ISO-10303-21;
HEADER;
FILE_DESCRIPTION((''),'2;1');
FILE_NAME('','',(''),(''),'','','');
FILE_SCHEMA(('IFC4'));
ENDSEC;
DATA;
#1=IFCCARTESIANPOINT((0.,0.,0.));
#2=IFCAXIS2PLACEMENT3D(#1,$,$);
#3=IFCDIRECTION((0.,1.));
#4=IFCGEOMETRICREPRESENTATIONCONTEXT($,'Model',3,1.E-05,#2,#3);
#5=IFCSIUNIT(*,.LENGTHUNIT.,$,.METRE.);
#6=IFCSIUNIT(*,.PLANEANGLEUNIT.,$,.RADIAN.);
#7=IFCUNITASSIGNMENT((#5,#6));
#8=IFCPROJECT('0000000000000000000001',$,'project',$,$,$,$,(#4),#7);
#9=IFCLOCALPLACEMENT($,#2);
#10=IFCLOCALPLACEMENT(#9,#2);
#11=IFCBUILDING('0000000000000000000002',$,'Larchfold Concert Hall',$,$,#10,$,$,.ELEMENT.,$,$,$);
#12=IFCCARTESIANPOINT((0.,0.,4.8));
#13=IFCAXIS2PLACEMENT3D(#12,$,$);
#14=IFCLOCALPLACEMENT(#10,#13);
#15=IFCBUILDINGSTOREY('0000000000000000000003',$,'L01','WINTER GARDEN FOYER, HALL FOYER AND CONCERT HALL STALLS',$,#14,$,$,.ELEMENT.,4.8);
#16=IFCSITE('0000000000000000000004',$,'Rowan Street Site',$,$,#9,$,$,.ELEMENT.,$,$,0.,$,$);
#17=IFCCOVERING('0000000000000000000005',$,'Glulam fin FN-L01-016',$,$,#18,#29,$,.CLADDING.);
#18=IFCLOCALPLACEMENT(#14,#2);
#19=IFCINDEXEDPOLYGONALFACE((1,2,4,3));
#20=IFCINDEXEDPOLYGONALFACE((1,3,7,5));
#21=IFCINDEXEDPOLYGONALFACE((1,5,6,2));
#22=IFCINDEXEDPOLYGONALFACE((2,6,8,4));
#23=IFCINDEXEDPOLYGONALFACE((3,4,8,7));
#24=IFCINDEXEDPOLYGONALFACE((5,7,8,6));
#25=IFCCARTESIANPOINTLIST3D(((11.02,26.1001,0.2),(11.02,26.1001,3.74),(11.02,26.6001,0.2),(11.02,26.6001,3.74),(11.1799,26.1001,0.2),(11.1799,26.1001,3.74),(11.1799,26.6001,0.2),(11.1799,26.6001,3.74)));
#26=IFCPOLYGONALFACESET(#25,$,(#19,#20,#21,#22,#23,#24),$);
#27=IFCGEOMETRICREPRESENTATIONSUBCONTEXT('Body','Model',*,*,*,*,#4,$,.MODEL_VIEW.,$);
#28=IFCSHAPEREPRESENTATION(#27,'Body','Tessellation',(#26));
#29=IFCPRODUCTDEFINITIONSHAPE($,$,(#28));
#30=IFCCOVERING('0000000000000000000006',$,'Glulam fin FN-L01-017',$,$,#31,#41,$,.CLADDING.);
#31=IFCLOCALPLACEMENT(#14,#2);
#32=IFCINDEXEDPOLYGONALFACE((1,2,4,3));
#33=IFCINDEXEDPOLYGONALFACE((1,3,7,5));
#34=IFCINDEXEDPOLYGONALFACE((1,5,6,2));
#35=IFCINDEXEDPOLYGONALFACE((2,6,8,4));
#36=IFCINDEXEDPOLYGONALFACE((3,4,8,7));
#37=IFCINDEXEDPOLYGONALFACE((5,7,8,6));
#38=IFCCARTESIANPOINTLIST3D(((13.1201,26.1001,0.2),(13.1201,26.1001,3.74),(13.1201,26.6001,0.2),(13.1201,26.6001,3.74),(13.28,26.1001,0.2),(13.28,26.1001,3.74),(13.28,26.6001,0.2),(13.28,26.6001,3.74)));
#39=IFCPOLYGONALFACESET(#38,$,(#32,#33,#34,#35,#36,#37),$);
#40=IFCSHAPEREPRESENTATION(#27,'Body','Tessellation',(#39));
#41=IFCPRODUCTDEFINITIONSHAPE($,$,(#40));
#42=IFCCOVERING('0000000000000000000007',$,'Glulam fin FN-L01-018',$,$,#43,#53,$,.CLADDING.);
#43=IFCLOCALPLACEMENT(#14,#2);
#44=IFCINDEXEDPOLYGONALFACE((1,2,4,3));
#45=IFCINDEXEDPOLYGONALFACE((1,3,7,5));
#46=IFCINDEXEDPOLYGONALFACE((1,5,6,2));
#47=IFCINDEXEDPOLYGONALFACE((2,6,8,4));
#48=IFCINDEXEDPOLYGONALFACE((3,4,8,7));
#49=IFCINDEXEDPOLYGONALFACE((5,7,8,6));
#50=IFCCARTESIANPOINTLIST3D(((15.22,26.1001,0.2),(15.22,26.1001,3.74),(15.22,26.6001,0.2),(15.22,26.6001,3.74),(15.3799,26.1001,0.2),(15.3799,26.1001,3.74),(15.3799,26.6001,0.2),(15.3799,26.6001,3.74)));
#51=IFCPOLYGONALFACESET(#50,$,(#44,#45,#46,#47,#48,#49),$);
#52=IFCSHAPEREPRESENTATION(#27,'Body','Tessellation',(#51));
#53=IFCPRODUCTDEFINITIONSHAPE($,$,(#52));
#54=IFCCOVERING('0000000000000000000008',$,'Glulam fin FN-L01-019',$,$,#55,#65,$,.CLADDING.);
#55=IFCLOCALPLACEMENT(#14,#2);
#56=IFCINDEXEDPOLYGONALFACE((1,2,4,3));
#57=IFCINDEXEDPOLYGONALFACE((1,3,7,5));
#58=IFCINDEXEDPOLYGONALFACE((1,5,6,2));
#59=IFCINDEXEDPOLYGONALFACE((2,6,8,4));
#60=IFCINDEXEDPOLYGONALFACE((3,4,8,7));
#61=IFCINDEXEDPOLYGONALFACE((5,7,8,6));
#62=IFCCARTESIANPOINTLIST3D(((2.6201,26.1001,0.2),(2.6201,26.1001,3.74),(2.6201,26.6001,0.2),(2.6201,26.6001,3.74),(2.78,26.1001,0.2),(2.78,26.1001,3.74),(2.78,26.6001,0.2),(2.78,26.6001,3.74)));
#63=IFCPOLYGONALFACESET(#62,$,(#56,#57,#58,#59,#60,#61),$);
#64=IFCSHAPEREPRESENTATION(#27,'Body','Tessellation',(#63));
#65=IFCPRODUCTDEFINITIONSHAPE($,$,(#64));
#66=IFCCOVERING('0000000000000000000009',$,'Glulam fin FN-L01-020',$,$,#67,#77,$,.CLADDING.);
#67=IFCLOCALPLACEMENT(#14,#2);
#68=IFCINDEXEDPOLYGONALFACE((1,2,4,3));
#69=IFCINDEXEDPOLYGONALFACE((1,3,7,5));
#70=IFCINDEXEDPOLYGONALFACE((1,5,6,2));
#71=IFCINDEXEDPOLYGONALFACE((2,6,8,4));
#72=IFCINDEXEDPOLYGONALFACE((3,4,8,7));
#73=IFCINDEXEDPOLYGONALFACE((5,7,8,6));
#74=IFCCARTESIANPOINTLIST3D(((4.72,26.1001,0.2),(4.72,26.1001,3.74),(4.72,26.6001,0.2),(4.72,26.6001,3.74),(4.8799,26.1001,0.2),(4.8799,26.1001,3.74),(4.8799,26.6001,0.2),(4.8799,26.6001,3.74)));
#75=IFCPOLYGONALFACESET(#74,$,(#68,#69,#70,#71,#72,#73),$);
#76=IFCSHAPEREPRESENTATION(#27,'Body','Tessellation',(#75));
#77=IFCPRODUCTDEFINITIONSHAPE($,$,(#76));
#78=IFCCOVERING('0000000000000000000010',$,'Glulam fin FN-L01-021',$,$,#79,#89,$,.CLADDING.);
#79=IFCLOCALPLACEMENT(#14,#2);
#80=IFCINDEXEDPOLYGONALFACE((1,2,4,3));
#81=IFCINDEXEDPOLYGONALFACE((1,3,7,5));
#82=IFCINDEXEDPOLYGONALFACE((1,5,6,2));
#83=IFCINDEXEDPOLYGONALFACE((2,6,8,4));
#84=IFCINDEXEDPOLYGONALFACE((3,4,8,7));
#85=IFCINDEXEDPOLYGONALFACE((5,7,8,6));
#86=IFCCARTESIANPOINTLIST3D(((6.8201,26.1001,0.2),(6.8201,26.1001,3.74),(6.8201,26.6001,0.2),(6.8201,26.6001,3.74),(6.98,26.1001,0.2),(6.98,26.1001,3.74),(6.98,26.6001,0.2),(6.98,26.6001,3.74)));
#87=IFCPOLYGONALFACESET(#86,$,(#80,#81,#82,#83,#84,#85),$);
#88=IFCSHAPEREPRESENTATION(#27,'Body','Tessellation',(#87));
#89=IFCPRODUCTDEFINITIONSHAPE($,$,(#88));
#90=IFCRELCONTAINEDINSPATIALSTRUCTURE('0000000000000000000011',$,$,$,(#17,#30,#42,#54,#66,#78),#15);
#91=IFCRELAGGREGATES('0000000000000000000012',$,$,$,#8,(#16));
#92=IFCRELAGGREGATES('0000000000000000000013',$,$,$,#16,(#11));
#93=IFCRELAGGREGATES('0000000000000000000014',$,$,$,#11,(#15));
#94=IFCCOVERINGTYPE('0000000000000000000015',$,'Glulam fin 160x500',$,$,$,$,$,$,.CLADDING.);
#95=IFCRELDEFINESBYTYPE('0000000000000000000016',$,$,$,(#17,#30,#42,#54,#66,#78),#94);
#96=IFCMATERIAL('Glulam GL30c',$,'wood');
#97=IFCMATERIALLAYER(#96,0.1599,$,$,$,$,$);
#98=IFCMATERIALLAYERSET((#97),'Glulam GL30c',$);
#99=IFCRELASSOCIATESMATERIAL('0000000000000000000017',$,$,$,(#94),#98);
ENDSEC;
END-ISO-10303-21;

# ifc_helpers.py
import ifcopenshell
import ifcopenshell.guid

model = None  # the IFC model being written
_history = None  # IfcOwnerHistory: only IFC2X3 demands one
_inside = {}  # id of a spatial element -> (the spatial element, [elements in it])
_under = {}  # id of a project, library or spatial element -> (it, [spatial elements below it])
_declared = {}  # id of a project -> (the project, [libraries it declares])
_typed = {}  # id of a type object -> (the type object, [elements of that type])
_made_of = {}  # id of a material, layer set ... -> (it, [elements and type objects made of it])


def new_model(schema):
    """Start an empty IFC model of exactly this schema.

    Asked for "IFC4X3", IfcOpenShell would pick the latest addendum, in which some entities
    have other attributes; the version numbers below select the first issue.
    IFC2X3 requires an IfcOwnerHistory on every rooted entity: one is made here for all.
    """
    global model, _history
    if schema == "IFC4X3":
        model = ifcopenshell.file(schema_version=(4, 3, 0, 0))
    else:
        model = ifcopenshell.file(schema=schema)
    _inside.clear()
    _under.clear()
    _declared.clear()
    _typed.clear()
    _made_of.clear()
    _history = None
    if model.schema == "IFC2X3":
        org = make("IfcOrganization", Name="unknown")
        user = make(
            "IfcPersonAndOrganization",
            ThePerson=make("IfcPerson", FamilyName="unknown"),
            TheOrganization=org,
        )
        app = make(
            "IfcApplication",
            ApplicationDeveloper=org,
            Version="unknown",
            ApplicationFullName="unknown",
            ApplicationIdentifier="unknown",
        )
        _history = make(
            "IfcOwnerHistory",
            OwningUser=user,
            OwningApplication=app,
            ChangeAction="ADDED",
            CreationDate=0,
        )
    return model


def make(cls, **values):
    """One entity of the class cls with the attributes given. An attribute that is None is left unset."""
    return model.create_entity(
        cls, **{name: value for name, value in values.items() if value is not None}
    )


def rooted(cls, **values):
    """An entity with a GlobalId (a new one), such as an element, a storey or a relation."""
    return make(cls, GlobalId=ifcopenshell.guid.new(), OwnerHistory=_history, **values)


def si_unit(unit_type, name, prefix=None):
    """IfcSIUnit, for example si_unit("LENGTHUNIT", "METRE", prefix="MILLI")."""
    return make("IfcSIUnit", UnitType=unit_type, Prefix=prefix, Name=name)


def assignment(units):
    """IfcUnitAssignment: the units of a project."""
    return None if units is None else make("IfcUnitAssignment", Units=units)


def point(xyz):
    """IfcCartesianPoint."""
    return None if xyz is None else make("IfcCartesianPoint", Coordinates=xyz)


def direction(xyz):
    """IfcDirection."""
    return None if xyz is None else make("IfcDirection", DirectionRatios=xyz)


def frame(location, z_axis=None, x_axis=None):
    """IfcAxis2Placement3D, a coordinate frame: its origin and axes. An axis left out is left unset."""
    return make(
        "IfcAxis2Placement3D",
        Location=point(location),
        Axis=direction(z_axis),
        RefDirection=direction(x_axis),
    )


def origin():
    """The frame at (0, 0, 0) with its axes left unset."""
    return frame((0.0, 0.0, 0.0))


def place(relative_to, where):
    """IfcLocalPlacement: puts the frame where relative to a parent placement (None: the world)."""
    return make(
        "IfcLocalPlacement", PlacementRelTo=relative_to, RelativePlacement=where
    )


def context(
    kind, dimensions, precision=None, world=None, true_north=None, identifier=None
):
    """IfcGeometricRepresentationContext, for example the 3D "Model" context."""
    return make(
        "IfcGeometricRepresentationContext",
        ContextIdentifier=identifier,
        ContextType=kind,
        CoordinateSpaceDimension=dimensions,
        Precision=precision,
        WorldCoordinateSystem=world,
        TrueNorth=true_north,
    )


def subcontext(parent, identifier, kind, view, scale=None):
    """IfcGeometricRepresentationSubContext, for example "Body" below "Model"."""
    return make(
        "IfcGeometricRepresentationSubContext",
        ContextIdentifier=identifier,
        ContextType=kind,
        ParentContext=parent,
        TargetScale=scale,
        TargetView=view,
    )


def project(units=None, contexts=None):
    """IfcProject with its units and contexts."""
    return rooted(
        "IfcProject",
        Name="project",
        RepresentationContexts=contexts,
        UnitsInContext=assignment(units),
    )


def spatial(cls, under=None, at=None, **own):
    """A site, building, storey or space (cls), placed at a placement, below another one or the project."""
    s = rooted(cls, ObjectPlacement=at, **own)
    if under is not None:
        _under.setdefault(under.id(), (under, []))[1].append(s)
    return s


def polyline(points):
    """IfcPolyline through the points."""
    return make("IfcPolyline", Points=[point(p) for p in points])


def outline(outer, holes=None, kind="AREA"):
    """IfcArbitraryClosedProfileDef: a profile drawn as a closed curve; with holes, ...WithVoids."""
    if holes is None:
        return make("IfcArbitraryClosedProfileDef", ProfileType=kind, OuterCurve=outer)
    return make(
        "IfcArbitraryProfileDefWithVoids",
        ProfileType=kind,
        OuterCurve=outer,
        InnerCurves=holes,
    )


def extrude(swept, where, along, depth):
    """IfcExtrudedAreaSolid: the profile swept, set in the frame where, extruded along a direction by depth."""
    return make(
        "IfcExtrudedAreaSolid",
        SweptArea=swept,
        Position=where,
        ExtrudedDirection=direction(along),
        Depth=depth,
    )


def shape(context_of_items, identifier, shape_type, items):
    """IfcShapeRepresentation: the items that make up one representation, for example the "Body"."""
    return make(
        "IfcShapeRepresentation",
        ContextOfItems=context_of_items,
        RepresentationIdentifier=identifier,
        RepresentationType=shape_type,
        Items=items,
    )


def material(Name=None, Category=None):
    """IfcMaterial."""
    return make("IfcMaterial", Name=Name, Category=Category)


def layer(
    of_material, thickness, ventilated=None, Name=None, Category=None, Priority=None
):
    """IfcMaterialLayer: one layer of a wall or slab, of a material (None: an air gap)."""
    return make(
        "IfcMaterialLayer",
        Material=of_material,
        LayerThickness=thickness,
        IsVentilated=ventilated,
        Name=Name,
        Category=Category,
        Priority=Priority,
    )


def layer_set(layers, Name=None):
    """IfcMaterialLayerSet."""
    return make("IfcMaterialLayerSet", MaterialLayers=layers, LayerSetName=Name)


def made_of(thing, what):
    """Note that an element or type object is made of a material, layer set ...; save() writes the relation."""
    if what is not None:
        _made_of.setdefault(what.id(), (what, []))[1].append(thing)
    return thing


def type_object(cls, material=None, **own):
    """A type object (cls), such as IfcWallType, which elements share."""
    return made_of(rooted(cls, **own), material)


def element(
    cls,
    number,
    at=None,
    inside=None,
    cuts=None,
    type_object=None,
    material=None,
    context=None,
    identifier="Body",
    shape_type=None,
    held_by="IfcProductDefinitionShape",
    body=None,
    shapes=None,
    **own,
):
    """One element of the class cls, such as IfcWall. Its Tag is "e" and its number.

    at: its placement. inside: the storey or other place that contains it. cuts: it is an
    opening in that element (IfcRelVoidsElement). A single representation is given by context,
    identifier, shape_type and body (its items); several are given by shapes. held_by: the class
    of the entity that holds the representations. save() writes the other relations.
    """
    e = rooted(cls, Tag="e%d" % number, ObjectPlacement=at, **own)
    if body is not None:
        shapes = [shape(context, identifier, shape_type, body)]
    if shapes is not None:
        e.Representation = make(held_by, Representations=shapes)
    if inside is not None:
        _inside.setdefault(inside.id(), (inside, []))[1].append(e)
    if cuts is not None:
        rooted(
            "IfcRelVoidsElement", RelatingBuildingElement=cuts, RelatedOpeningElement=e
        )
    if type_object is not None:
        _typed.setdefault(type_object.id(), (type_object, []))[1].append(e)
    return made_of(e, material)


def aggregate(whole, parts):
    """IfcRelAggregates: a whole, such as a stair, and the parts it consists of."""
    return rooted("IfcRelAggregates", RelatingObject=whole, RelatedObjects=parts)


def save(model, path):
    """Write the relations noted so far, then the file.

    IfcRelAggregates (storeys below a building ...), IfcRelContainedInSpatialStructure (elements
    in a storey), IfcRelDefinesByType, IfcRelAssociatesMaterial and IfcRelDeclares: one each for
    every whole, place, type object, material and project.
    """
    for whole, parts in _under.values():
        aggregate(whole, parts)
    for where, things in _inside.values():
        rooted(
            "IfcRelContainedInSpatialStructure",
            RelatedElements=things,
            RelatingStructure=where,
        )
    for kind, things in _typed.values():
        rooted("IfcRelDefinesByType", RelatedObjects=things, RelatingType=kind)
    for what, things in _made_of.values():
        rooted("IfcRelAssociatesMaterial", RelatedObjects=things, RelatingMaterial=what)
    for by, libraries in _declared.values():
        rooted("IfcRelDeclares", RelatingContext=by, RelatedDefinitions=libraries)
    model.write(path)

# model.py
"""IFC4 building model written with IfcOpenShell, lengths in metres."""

from ifc_helpers import new_model, si_unit, direction, frame, origin, place, context, subcontext, project, spatial, polyline, outline, extrude, material, layer, layer_set, type_object, element, save


model = new_model("IFC4")

# Units and contexts
model_context = context("Model", 3, precision=1e-05, world=origin(), true_north=direction((0.0, 1.0)))
body_context = subcontext(model_context, "Body", "Model", "MODEL_VIEW")
ifc_project = project(units=[si_unit("LENGTHUNIT", "METRE"), si_unit("PLANEANGLEUNIT", "RADIAN")], contexts=[model_context])

# Site, building, storey
site_placement = place(None, origin())
site = spatial("IfcSite", under=ifc_project, at=site_placement, Name="Rowan Street Site", CompositionType="ELEMENT", RefElevation=0.0)
building_placement = place(site_placement, origin())
building = spatial("IfcBuilding", under=site, at=building_placement, Name="Larchfold Concert Hall", CompositionType="ELEMENT")
storey_placement = place(building_placement, frame((0.0, 0.0, 4.8)))
storey = spatial("IfcBuildingStorey", under=building, at=storey_placement, Name="L01", Description="WINTER GARDEN FOYER, HALL FOYER AND CONCERT HALL STALLS", CompositionType="ELEMENT", Elevation=4.8)

# Coverings
ifc_material_1 = material(Name="Glulam GL30c", Category="wood")
ifc_layer_1 = layer(ifc_material_1, 0.1599)
ifc_layer_set_1 = layer_set([ifc_layer_1], Name="Glulam GL30c")
covering_type_1 = type_object("IfcCoveringType", Name="Glulam fin 160x500", PredefinedType="CLADDING", material=ifc_layer_set_1)
covering_1_placement = place(storey_placement, frame((0.0, 0.0, 0.2)))
element("IfcCovering", 1, at=covering_1_placement, inside=storey, type_object=covering_type_1, Name="Glulam fin FN-L01-016", PredefinedType="CLADDING", context=body_context, shape_type="SweptSolid", body=[
    extrude(outline(polyline([(11.1799, 26.1001), (11.1799, 26.6001), (11.02, 26.6001), (11.02, 26.1001), (11.1799, 26.1001)])), origin(), (0.0, 0.0, 1.0), 3.54),
])
covering_2_placement = place(storey_placement, frame((0.0, 0.0, 0.2)))
element("IfcCovering", 2, at=covering_2_placement, inside=storey, type_object=covering_type_1, Name="Glulam fin FN-L01-017", PredefinedType="CLADDING", context=body_context, shape_type="SweptSolid", body=[
    extrude(outline(polyline([(13.28, 26.1001), (13.28, 26.6001), (13.1201, 26.6001), (13.1201, 26.1001), (13.28, 26.1001)])), origin(), (0.0, 0.0, 1.0), 3.54),
])
covering_3_placement = place(storey_placement, frame((0.0, 0.0, 0.2)))
element("IfcCovering", 3, at=covering_3_placement, inside=storey, type_object=covering_type_1, Name="Glulam fin FN-L01-018", PredefinedType="CLADDING", context=body_context, shape_type="SweptSolid", body=[
    extrude(outline(polyline([(15.3799, 26.1001), (15.3799, 26.6001), (15.22, 26.6001), (15.22, 26.1001), (15.3799, 26.1001)])), origin(), (0.0, 0.0, 1.0), 3.54),
])
covering_4_placement = place(storey_placement, frame((0.0, 0.0, 0.2)))
element("IfcCovering", 4, at=covering_4_placement, inside=storey, type_object=covering_type_1, Name="Glulam fin FN-L01-019", PredefinedType="CLADDING", context=body_context, shape_type="SweptSolid", body=[
    extrude(outline(polyline([(2.78, 26.1001), (2.78, 26.6001), (2.6201, 26.6001), (2.6201, 26.1001), (2.78, 26.1001)])), origin(), (0.0, 0.0, 1.0), 3.54),
])
covering_5_placement = place(storey_placement, frame((0.0, 0.0, 0.2)))
element("IfcCovering", 5, at=covering_5_placement, inside=storey, type_object=covering_type_1, Name="Glulam fin FN-L01-020", PredefinedType="CLADDING", context=body_context, shape_type="SweptSolid", body=[
    extrude(outline(polyline([(4.8799, 26.1001), (4.8799, 26.6001), (4.72, 26.6001), (4.72, 26.1001), (4.8799, 26.1001)])), origin(), (0.0, 0.0, 1.0), 3.54),
])
covering_6_placement = place(storey_placement, frame((0.0, 0.0, 0.2)))
element("IfcCovering", 6, at=covering_6_placement, inside=storey, type_object=covering_type_1, Name="Glulam fin FN-L01-021", PredefinedType="CLADDING", context=body_context, shape_type="SweptSolid", body=[
    extrude(outline(polyline([(6.98, 26.1001), (6.98, 26.6001), (6.8201, 26.6001), (6.8201, 26.1001), (6.98, 26.1001)])), origin(), (0.0, 0.0, 1.0), 3.54),
])

save(model, "model.ifc")
